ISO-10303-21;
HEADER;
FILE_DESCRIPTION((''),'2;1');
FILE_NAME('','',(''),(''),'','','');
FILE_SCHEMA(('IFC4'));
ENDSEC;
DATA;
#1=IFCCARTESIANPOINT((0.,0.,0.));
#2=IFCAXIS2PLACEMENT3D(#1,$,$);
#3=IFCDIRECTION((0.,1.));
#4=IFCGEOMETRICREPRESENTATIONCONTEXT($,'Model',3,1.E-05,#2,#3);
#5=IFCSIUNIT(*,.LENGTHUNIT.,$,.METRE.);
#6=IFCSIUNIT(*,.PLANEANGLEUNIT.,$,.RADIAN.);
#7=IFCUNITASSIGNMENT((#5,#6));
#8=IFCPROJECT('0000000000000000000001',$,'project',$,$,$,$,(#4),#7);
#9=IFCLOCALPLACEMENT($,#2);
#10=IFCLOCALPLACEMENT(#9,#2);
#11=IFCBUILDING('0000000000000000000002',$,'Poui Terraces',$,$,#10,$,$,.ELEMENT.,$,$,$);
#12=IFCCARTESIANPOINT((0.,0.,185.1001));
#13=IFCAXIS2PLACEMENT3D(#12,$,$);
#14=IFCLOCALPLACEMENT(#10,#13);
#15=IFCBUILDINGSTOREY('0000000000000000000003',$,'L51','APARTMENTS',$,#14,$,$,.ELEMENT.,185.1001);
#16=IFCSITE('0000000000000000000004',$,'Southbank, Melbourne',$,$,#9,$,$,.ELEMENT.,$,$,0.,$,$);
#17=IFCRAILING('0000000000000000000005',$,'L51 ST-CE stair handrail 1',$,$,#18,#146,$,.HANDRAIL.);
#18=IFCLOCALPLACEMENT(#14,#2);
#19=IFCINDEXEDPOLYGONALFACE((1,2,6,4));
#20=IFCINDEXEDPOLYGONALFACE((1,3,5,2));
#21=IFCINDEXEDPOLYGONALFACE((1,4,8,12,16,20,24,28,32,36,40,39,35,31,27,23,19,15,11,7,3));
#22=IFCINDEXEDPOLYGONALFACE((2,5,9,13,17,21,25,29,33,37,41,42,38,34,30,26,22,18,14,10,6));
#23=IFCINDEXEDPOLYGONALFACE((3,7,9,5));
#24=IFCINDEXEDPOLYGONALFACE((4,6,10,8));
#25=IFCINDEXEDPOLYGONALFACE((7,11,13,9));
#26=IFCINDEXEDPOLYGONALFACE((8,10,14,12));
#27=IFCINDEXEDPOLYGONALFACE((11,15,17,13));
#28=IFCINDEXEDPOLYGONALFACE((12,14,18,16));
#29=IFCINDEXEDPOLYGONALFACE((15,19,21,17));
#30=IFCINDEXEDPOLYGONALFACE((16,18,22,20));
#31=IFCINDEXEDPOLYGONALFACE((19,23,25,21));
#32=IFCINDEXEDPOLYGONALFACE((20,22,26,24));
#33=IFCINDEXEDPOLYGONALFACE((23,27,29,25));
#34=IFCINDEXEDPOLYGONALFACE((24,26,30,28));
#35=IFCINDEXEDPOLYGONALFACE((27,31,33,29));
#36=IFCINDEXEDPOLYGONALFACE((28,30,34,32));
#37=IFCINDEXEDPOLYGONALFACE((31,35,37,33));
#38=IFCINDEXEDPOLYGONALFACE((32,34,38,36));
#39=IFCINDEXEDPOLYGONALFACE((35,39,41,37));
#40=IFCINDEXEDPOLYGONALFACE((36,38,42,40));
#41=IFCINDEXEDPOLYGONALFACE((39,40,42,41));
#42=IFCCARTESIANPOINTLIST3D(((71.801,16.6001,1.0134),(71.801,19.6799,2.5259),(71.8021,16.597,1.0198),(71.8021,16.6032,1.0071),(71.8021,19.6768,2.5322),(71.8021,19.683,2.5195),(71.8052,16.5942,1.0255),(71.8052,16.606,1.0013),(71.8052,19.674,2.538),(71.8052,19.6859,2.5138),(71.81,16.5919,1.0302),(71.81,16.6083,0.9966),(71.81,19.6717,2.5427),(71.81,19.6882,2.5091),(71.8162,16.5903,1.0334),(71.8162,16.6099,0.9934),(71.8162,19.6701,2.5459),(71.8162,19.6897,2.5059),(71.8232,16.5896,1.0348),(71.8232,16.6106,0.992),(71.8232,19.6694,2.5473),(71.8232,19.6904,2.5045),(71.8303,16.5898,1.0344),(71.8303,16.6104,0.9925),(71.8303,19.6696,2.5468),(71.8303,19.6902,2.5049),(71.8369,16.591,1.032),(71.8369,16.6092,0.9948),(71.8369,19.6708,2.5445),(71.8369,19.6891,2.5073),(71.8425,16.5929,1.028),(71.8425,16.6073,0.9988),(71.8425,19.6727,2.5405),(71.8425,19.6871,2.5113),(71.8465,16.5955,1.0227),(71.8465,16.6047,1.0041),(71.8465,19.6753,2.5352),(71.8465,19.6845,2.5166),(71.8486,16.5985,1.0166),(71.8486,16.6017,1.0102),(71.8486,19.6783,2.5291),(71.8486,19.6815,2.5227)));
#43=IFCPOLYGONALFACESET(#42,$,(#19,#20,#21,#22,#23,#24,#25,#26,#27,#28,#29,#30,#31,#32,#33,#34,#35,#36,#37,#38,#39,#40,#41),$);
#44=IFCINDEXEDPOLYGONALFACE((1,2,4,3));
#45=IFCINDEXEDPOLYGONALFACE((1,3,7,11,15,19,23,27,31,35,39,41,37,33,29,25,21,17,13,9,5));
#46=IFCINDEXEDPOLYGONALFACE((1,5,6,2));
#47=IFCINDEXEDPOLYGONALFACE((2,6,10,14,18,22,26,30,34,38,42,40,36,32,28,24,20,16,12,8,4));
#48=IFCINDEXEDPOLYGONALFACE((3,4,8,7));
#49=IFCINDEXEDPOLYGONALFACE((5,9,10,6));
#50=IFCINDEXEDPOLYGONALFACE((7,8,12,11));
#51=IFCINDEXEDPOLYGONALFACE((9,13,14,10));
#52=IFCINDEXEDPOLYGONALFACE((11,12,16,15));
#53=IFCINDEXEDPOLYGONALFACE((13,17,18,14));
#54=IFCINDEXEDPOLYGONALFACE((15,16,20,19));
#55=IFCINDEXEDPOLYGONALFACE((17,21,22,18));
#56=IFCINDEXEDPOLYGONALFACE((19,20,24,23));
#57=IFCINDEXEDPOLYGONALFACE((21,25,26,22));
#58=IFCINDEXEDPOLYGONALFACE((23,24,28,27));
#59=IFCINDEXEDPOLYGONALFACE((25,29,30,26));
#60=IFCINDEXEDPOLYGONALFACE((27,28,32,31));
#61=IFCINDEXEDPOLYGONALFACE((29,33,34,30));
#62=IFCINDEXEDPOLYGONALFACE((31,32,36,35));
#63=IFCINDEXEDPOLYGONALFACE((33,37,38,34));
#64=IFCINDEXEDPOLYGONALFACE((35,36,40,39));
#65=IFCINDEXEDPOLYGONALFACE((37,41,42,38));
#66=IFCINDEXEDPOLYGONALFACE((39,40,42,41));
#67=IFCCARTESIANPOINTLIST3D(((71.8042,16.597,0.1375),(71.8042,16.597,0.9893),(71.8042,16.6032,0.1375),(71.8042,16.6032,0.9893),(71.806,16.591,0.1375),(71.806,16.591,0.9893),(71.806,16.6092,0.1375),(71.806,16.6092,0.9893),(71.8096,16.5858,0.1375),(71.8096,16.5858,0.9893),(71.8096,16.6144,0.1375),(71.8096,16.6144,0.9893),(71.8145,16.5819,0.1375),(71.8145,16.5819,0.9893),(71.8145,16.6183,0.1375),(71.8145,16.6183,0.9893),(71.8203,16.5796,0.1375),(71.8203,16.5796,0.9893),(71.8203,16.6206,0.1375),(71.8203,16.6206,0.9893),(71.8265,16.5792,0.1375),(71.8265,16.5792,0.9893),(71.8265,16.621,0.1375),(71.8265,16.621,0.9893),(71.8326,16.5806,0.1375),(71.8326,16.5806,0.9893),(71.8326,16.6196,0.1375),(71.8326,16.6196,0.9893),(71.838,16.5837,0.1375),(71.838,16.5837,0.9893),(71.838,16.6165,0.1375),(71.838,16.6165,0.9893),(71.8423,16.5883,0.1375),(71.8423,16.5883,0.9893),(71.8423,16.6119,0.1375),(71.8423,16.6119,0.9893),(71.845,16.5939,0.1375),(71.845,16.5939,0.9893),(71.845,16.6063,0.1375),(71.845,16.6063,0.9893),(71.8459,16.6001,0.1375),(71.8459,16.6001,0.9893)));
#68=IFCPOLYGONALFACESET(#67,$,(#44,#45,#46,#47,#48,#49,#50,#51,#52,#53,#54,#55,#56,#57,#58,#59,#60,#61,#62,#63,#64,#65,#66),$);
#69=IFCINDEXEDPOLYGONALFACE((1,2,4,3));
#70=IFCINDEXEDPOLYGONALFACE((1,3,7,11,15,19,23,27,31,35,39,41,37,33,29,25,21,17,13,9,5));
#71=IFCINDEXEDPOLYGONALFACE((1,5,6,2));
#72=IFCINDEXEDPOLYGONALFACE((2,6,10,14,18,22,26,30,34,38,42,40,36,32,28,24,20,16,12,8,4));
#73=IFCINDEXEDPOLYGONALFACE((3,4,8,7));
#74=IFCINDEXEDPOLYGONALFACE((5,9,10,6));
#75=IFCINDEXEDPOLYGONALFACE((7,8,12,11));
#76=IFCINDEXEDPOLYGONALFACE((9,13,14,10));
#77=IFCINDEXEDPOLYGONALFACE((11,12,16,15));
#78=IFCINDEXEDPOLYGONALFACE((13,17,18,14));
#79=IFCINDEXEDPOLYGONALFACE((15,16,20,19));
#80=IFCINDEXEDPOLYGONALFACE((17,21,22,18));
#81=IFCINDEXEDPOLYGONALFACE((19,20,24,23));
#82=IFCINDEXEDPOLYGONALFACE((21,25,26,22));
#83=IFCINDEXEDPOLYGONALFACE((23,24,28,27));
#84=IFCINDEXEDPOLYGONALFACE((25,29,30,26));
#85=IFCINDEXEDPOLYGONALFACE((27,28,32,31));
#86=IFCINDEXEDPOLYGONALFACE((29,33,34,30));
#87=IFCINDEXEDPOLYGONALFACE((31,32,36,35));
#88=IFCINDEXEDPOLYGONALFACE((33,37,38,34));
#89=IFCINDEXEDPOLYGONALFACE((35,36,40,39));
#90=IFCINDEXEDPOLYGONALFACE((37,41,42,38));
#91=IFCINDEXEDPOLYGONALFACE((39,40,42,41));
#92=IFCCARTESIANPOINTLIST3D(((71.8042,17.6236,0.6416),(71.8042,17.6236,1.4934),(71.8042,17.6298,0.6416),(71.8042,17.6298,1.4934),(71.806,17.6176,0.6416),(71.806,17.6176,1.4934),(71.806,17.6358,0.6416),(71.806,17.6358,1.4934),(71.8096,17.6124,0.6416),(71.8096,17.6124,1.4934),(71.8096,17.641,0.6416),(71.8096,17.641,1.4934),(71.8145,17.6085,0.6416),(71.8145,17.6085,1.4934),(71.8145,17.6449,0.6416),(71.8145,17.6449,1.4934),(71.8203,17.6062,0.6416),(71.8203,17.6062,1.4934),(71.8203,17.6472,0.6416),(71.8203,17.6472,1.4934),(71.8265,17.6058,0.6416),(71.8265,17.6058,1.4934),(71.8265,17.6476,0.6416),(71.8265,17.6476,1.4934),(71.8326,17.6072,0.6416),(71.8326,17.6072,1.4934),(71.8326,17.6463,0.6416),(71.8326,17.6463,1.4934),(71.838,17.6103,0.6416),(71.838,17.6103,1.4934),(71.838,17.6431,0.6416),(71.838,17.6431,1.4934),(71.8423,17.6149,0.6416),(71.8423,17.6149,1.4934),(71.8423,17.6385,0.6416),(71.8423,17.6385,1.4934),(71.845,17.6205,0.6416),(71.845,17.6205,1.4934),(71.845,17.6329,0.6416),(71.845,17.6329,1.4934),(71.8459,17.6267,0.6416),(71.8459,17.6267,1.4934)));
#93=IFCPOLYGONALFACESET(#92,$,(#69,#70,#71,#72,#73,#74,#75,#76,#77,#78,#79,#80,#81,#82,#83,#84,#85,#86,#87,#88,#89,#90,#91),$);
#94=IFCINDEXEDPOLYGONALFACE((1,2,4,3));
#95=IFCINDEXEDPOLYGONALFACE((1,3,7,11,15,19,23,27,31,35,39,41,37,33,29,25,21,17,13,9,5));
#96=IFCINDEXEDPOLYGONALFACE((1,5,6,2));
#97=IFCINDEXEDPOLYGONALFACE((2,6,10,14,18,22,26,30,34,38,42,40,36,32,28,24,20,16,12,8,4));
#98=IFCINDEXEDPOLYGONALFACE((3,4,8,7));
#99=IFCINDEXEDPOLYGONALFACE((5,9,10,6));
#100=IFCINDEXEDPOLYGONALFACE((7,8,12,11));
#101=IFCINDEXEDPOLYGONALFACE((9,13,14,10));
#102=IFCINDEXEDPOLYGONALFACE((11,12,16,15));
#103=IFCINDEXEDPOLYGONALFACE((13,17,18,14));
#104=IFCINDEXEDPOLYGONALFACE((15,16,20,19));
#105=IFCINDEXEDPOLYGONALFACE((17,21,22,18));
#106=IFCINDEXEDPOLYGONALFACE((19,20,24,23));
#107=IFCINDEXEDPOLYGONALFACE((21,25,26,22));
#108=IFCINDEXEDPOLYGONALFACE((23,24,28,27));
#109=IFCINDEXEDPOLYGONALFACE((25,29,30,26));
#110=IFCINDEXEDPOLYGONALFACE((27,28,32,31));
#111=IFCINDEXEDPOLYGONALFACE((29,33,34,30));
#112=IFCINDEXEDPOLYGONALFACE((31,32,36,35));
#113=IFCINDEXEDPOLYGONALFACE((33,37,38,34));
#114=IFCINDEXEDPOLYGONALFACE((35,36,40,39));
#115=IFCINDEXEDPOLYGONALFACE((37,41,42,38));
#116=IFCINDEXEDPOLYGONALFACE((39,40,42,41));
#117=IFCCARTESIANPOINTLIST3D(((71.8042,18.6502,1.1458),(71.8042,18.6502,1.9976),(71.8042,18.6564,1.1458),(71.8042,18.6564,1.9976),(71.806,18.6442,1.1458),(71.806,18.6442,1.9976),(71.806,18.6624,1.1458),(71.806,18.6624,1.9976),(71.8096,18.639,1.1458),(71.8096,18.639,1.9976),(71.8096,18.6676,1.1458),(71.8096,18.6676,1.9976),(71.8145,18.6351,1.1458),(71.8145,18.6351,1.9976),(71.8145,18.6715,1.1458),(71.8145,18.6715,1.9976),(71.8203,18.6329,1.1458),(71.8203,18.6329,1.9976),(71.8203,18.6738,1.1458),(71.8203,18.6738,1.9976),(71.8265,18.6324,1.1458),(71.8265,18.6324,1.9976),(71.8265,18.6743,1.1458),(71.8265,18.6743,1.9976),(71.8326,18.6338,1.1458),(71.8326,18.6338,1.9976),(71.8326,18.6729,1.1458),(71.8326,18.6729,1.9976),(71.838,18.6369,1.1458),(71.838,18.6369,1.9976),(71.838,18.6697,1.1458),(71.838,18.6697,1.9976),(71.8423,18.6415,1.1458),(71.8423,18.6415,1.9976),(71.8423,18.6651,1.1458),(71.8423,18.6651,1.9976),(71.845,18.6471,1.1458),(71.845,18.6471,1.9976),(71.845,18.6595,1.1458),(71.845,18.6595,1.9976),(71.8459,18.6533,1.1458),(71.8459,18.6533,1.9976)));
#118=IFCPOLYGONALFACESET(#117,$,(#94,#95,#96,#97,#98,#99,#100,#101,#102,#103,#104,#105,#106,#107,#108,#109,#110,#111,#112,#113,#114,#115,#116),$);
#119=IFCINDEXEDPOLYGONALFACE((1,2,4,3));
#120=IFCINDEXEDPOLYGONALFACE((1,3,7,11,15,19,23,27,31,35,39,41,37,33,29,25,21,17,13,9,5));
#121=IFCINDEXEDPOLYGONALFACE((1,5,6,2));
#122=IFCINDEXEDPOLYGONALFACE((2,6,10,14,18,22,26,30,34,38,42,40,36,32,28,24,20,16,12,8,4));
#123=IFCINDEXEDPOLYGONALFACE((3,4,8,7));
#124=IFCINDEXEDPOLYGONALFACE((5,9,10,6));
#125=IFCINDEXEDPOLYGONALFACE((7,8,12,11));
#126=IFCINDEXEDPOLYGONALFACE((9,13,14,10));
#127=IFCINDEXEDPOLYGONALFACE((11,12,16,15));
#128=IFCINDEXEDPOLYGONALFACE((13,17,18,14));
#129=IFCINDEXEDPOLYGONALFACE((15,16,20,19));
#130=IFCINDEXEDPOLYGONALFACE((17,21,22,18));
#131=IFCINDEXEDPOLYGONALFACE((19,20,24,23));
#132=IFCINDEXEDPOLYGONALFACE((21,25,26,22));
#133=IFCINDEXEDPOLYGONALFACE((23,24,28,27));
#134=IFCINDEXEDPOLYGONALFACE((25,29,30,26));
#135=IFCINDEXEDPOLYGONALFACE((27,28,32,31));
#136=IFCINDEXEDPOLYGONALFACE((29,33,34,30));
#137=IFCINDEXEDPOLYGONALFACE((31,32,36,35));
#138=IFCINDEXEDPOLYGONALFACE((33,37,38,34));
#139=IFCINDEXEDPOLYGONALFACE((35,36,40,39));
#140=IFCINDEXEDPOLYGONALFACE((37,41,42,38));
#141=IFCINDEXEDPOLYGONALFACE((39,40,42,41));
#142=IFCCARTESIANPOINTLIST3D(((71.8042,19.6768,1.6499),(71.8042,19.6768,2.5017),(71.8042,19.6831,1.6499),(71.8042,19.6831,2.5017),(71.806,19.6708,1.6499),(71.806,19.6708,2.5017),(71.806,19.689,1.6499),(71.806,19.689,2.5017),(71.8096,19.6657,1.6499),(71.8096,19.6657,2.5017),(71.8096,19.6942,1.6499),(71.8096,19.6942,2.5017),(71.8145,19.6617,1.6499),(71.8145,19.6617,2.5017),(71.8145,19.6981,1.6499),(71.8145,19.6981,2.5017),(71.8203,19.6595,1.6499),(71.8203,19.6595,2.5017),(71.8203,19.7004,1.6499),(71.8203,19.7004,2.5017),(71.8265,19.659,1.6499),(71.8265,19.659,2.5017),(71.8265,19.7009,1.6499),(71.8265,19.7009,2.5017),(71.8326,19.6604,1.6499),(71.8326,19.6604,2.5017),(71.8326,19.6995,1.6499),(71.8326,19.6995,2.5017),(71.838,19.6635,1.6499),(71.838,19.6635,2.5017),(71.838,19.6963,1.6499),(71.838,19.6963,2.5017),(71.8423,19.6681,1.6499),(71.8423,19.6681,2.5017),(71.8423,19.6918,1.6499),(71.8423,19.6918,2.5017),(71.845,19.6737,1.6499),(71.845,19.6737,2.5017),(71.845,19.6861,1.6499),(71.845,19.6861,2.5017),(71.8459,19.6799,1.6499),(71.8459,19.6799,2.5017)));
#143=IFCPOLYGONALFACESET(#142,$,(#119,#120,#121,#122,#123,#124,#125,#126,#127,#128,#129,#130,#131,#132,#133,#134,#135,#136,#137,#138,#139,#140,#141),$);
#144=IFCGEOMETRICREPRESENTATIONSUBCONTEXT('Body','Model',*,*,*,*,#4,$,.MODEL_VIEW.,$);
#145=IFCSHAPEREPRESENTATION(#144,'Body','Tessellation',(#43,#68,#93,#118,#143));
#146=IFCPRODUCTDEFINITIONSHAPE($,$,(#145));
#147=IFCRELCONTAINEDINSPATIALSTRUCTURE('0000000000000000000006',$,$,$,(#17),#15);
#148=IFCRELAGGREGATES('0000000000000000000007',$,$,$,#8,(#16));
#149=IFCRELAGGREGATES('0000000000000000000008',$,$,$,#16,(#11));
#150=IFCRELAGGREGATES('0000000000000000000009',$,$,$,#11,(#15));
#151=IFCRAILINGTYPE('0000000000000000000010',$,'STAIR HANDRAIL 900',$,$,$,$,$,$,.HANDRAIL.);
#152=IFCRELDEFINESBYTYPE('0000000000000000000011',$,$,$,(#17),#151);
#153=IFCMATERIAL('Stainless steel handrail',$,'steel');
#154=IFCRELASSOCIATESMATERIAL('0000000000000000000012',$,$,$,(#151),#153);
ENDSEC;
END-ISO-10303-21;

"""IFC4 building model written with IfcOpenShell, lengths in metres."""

from ifc_helpers import new_model, si_unit, direction, frame, origin, origin_2d, place, context, subcontext, project, spatial, circle, extrude, material, type_object, element, save


model = new_model("IFC4")

# Units and contexts
model_context = context("Model", 3, precision=1e-05, world=origin(), true_north=direction((0.0, 1.0)))
body_context = subcontext(model_context, "Body", "Model", "MODEL_VIEW")
ifc_project = project(units=[si_unit("LENGTHUNIT", "METRE"), si_unit("PLANEANGLEUNIT", "RADIAN")], contexts=[model_context])

# Site, building, storey
site_placement = place(None, origin())
site = spatial("IfcSite", under=ifc_project, at=site_placement, Name="Southbank, Melbourne", CompositionType="ELEMENT", RefElevation=0.0)
building_placement = place(site_placement, origin())
building = spatial("IfcBuilding", under=site, at=building_placement, Name="Poui Terraces", CompositionType="ELEMENT")
storey_placement = place(building_placement, frame((0.0, 0.0, 185.1001)))
storey = spatial("IfcBuildingStorey", under=building, at=storey_placement, Name="L51", Description="APARTMENTS", CompositionType="ELEMENT", Elevation=185.1001)

# Railing
ifc_material_1 = material(Name="Stainless steel handrail", Category="steel")
railing_type_1 = type_object("IfcRailingType", Name="STAIR HANDRAIL 900", PredefinedType="HANDRAIL", material=ifc_material_1)
railing_1_placement = place(storey_placement, frame((71.825, 16.6001, 0.1375)))
element("IfcRailing", 1, at=railing_1_placement, inside=storey, type_object=railing_type_1, Name="L51 ST-CE stair handrail 1", PredefinedType="HANDRAIL", context=body_context, shape_type="SweptSolid", body=[
    extrude(circle(Radius=0.0239, at=origin_2d()), frame((0.0, 0.0, 0.876), z_axis=(0.0, 0.897606, 0.440798), x_axis=(-1.0, 0.0, 0.0)), (0.0, 0.0, 1.0), 3.4312),
    extrude(circle(Radius=0.021, at=origin_2d()), origin(), (0.0, 0.0, 1.0), 0.8518),
    extrude(circle(Radius=0.021, at=origin_2d()), frame((0.0, 1.0266, 0.5042)), (0.0, 0.0, 1.0), 0.8518),
    extrude(circle(Radius=0.021, at=origin_2d()), frame((0.0, 2.0532, 1.0083)), (0.0, 0.0, 1.0), 0.8518),
    extrude(circle(Radius=0.021, at=origin_2d()), frame((0.0, 3.0798, 1.5125)), (0.0, 0.0, 1.0), 0.8518),
])

save(model, "model.ifc")
